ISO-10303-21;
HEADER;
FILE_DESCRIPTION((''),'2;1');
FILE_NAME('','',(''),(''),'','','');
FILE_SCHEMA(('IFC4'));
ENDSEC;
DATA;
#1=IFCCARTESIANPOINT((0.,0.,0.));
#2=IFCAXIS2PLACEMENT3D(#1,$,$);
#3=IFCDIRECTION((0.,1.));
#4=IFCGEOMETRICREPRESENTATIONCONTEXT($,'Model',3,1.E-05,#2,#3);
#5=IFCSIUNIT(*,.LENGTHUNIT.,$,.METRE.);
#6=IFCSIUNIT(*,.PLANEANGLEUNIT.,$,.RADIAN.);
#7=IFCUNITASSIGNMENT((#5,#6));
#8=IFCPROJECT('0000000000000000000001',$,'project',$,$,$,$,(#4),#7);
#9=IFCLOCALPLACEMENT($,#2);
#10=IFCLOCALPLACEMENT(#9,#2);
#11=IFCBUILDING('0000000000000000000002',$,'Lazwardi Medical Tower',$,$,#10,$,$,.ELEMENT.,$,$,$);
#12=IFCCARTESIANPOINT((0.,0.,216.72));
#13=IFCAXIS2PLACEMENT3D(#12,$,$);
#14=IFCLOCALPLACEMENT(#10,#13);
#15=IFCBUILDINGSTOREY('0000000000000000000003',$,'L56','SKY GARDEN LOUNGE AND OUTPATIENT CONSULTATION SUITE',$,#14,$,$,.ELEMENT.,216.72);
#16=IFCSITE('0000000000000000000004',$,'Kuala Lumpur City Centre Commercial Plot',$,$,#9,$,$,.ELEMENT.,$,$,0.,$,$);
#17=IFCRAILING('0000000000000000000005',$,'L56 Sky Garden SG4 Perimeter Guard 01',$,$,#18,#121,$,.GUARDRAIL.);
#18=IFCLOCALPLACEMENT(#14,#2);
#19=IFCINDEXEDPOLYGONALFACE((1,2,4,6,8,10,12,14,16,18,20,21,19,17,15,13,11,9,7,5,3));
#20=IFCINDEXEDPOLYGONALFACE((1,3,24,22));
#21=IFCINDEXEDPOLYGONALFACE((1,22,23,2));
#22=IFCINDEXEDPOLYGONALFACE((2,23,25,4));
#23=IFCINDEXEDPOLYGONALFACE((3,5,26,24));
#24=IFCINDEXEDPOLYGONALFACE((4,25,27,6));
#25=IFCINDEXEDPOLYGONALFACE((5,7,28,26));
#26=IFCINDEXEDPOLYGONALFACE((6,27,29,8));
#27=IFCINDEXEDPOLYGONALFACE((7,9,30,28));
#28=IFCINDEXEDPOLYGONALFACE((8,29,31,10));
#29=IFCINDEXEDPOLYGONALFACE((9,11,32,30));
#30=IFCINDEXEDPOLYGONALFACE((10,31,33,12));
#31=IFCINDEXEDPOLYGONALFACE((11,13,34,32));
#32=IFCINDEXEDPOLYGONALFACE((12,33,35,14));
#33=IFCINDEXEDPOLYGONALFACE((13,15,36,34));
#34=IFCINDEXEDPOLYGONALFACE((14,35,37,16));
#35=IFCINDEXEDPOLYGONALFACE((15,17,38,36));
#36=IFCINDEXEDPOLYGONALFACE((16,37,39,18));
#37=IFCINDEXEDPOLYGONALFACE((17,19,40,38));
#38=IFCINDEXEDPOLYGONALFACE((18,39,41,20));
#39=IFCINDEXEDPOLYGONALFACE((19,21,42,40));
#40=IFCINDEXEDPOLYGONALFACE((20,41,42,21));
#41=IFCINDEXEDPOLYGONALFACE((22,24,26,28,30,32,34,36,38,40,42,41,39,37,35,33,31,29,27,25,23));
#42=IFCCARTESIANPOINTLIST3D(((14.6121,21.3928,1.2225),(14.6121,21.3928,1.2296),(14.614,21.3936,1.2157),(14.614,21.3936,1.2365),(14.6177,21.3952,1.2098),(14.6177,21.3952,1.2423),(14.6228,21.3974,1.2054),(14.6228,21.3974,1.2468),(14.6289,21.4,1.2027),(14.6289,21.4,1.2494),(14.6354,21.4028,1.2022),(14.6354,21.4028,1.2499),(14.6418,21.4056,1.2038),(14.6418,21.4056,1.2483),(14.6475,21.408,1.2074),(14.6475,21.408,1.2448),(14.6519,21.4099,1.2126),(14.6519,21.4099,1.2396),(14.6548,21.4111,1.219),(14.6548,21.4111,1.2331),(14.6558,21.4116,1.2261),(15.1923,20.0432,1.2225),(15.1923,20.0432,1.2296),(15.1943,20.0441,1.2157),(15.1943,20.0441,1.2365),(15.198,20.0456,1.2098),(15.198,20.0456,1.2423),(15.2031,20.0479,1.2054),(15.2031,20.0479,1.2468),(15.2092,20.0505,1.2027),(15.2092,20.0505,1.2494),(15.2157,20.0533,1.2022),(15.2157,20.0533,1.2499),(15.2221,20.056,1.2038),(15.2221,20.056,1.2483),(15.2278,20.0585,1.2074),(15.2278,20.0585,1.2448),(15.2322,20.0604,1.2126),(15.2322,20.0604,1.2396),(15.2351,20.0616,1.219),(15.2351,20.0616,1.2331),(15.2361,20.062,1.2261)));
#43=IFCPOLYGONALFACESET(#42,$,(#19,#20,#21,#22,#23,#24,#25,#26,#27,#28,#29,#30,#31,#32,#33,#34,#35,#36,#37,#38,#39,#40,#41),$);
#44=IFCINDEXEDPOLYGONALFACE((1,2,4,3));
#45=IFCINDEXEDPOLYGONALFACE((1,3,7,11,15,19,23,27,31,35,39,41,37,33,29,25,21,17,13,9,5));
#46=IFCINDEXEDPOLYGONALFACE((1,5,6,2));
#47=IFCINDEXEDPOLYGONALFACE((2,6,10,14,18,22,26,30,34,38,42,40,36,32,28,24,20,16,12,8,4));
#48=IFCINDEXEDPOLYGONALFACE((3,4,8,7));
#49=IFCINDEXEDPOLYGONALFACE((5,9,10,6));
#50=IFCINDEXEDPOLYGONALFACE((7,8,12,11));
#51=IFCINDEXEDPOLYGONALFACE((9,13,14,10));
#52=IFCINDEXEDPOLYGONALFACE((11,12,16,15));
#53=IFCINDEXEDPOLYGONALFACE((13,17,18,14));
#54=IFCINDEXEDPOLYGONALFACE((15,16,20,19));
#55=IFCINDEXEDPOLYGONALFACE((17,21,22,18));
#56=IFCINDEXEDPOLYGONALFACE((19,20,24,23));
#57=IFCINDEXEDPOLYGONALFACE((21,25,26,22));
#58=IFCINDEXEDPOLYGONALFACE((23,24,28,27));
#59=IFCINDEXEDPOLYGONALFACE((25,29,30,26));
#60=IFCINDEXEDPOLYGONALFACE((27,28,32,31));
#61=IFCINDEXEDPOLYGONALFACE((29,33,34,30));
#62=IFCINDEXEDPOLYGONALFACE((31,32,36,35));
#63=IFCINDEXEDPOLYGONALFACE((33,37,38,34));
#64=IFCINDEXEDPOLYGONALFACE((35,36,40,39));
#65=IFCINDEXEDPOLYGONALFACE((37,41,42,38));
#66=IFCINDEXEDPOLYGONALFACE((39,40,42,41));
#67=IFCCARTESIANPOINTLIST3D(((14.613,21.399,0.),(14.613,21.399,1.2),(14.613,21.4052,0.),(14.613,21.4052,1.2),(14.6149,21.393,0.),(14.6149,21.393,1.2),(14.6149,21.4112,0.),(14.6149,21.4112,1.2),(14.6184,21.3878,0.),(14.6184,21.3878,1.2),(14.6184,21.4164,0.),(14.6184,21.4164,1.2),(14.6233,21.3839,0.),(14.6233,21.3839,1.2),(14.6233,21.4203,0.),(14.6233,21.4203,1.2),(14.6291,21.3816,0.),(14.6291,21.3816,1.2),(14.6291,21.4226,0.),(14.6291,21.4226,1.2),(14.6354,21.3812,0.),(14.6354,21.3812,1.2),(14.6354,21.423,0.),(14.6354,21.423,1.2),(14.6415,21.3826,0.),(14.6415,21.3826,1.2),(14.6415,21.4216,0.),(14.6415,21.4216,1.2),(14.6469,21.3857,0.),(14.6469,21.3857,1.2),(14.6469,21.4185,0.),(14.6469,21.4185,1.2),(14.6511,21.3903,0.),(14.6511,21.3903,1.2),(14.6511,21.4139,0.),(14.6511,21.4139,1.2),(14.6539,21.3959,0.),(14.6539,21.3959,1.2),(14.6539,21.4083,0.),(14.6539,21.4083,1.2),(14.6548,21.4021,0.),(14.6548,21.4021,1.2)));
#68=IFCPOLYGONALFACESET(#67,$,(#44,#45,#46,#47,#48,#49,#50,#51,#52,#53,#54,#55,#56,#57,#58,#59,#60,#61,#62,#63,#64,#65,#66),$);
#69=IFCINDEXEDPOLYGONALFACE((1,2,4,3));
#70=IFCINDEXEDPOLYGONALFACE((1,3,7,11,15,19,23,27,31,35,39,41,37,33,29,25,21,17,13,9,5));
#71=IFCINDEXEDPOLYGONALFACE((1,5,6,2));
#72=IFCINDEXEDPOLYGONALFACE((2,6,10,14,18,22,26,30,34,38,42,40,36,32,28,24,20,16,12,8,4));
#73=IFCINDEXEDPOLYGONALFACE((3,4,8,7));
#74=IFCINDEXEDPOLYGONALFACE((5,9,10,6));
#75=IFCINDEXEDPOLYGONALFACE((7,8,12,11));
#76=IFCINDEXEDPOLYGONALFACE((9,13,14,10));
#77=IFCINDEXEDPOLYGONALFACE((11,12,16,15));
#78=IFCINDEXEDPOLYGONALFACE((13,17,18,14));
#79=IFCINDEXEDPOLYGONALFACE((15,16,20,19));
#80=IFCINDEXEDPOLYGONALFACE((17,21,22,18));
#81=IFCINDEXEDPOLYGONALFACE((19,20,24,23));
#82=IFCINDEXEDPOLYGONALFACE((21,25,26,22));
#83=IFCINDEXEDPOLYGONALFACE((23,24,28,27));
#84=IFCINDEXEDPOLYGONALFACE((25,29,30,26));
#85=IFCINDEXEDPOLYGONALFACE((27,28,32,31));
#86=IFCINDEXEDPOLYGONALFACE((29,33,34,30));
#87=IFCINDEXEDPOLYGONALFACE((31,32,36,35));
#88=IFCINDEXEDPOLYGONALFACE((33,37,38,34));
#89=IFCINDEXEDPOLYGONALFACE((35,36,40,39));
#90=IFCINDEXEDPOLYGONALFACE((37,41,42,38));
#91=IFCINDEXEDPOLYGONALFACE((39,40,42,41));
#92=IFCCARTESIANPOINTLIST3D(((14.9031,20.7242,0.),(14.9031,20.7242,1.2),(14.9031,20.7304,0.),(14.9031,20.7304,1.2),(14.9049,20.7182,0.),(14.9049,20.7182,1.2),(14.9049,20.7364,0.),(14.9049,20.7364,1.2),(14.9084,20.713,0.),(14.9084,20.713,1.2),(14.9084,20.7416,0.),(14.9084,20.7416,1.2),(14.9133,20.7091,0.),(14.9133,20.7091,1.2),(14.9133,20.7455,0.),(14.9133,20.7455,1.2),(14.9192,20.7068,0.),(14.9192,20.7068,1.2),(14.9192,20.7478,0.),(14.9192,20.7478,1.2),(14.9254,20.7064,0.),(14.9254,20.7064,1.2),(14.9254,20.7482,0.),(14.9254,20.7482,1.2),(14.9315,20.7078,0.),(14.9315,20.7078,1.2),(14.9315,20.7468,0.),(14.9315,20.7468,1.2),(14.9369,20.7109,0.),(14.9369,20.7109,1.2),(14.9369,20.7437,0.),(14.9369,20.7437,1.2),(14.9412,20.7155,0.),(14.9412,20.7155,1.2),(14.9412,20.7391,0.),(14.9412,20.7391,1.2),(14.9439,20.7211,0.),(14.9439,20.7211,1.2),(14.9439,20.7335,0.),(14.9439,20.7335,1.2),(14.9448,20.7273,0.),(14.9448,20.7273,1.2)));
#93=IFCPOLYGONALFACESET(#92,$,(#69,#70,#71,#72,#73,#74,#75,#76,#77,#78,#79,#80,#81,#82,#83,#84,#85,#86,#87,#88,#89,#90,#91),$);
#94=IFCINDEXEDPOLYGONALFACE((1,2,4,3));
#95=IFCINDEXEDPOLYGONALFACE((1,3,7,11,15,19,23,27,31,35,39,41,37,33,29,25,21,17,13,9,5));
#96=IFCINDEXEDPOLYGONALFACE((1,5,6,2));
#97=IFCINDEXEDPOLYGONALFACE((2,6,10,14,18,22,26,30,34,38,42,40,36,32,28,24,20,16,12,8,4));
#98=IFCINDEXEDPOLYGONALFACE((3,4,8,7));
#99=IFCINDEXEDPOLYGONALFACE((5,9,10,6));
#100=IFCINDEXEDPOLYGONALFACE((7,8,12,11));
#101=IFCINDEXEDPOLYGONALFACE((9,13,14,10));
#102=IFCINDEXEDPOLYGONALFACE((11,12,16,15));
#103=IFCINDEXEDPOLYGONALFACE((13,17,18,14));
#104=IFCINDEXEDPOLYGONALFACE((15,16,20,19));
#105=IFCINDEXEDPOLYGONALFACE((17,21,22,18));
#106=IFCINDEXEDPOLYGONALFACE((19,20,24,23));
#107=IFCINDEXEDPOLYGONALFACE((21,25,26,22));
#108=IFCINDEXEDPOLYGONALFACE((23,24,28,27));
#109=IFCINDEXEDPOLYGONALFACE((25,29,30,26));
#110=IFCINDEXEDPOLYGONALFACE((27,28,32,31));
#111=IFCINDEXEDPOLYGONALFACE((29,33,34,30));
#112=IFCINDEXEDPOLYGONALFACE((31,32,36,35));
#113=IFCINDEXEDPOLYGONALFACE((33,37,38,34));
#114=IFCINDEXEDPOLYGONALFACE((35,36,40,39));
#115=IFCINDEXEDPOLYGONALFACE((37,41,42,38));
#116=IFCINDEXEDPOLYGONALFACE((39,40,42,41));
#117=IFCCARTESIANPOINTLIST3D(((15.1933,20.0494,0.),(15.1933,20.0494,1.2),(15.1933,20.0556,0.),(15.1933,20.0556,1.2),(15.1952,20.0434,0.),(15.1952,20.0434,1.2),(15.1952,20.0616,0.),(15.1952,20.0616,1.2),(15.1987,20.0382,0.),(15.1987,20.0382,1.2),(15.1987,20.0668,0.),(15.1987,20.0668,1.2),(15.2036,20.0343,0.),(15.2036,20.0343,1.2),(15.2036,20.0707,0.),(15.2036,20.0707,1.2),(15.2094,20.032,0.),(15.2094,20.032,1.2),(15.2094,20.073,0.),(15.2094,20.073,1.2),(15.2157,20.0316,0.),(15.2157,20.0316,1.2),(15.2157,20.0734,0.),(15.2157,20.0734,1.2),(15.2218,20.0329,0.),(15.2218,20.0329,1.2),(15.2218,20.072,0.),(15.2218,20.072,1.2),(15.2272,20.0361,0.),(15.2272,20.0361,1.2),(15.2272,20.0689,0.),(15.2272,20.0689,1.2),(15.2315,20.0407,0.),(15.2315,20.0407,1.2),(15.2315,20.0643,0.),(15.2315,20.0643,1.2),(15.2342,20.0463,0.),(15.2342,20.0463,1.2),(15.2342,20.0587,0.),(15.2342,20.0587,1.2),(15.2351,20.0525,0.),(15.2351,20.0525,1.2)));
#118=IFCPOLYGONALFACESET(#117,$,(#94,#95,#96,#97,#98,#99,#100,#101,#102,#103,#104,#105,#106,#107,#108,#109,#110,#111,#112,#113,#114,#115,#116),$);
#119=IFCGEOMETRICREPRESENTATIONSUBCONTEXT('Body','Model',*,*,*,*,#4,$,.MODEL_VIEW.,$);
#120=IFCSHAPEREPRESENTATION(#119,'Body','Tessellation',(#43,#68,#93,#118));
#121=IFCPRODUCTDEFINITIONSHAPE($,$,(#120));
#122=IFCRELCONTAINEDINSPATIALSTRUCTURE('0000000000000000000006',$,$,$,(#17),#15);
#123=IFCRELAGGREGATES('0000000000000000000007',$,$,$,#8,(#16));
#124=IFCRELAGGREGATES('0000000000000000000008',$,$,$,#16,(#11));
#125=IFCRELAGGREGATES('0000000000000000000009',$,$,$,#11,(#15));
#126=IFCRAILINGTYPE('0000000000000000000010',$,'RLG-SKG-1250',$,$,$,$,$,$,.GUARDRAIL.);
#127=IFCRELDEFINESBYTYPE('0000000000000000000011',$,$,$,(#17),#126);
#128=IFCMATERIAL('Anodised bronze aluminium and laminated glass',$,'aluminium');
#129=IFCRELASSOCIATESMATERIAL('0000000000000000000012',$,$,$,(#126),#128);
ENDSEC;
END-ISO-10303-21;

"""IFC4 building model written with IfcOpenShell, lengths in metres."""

from ifc_helpers import new_model, si_unit, direction, frame, origin, origin_2d, place, context, subcontext, project, spatial, circle, extrude, material, type_object, element, save


model = new_model("IFC4")

# Units and contexts
model_context = context("Model", 3, precision=1e-05, world=origin(), true_north=direction((0.0, 1.0)))
body_context = subcontext(model_context, "Body", "Model", "MODEL_VIEW")
ifc_project = project(units=[si_unit("LENGTHUNIT", "METRE"), si_unit("PLANEANGLEUNIT", "RADIAN")], contexts=[model_context])

# Site, building, storey
site_placement = place(None, origin())
site = spatial("IfcSite", under=ifc_project, at=site_placement, Name="Kuala Lumpur City Centre Commercial Plot", CompositionType="ELEMENT", RefElevation=0.0)
building_placement = place(site_placement, origin())
building = spatial("IfcBuilding", under=site, at=building_placement, Name="Lazwardi Medical Tower", CompositionType="ELEMENT")
storey_placement = place(building_placement, frame((0.0, 0.0, 216.72)))
storey = spatial("IfcBuildingStorey", under=building, at=storey_placement, Name="L56", Description="SKY GARDEN LOUNGE AND OUTPATIENT CONSULTATION SUITE", CompositionType="ELEMENT", Elevation=216.72)

# Shared definitions
ifc_material_1 = material(Name="Anodised bronze aluminium and laminated glass", Category="aluminium")

# Railing
railing_type = type_object("IfcRailingType", Name="RLG-SKG-1250", PredefinedType="GUARDRAIL", material=ifc_material_1)
railing_1_placement = place(storey_placement, frame((14.6338, 21.4021, 0.0)))
element("IfcRailing", 1, at=railing_1_placement, inside=storey, type_object=railing_type, Name="L56 Sky Garden SG4 Perimeter Guard 01", PredefinedType="GUARDRAIL", context=body_context, shape_type="SweptSolid", body=[
    extrude(circle(Radius=0.0239, at=origin_2d()), frame((0.0, 0.0, 1.2261), z_axis=(0.395022, -0.918672, 0.0), x_axis=(0.918672, 0.395022, 0.0)), (0.0, 0.0, 1.0), 1.469),
    extrude(circle(Radius=0.021, at=origin_2d()), origin(), (0.0, 0.0, 1.0), 1.2),
    extrude(circle(Radius=0.021, at=origin_2d()), frame((0.29, -0.6748, 0.0)), (0.0, 0.0, 1.0), 1.2),
    extrude(circle(Radius=0.021, at=origin_2d()), frame((0.5803, -1.3496, 0.0)), (0.0, 0.0, 1.0), 1.2),
])

save(model, "model.ifc")
